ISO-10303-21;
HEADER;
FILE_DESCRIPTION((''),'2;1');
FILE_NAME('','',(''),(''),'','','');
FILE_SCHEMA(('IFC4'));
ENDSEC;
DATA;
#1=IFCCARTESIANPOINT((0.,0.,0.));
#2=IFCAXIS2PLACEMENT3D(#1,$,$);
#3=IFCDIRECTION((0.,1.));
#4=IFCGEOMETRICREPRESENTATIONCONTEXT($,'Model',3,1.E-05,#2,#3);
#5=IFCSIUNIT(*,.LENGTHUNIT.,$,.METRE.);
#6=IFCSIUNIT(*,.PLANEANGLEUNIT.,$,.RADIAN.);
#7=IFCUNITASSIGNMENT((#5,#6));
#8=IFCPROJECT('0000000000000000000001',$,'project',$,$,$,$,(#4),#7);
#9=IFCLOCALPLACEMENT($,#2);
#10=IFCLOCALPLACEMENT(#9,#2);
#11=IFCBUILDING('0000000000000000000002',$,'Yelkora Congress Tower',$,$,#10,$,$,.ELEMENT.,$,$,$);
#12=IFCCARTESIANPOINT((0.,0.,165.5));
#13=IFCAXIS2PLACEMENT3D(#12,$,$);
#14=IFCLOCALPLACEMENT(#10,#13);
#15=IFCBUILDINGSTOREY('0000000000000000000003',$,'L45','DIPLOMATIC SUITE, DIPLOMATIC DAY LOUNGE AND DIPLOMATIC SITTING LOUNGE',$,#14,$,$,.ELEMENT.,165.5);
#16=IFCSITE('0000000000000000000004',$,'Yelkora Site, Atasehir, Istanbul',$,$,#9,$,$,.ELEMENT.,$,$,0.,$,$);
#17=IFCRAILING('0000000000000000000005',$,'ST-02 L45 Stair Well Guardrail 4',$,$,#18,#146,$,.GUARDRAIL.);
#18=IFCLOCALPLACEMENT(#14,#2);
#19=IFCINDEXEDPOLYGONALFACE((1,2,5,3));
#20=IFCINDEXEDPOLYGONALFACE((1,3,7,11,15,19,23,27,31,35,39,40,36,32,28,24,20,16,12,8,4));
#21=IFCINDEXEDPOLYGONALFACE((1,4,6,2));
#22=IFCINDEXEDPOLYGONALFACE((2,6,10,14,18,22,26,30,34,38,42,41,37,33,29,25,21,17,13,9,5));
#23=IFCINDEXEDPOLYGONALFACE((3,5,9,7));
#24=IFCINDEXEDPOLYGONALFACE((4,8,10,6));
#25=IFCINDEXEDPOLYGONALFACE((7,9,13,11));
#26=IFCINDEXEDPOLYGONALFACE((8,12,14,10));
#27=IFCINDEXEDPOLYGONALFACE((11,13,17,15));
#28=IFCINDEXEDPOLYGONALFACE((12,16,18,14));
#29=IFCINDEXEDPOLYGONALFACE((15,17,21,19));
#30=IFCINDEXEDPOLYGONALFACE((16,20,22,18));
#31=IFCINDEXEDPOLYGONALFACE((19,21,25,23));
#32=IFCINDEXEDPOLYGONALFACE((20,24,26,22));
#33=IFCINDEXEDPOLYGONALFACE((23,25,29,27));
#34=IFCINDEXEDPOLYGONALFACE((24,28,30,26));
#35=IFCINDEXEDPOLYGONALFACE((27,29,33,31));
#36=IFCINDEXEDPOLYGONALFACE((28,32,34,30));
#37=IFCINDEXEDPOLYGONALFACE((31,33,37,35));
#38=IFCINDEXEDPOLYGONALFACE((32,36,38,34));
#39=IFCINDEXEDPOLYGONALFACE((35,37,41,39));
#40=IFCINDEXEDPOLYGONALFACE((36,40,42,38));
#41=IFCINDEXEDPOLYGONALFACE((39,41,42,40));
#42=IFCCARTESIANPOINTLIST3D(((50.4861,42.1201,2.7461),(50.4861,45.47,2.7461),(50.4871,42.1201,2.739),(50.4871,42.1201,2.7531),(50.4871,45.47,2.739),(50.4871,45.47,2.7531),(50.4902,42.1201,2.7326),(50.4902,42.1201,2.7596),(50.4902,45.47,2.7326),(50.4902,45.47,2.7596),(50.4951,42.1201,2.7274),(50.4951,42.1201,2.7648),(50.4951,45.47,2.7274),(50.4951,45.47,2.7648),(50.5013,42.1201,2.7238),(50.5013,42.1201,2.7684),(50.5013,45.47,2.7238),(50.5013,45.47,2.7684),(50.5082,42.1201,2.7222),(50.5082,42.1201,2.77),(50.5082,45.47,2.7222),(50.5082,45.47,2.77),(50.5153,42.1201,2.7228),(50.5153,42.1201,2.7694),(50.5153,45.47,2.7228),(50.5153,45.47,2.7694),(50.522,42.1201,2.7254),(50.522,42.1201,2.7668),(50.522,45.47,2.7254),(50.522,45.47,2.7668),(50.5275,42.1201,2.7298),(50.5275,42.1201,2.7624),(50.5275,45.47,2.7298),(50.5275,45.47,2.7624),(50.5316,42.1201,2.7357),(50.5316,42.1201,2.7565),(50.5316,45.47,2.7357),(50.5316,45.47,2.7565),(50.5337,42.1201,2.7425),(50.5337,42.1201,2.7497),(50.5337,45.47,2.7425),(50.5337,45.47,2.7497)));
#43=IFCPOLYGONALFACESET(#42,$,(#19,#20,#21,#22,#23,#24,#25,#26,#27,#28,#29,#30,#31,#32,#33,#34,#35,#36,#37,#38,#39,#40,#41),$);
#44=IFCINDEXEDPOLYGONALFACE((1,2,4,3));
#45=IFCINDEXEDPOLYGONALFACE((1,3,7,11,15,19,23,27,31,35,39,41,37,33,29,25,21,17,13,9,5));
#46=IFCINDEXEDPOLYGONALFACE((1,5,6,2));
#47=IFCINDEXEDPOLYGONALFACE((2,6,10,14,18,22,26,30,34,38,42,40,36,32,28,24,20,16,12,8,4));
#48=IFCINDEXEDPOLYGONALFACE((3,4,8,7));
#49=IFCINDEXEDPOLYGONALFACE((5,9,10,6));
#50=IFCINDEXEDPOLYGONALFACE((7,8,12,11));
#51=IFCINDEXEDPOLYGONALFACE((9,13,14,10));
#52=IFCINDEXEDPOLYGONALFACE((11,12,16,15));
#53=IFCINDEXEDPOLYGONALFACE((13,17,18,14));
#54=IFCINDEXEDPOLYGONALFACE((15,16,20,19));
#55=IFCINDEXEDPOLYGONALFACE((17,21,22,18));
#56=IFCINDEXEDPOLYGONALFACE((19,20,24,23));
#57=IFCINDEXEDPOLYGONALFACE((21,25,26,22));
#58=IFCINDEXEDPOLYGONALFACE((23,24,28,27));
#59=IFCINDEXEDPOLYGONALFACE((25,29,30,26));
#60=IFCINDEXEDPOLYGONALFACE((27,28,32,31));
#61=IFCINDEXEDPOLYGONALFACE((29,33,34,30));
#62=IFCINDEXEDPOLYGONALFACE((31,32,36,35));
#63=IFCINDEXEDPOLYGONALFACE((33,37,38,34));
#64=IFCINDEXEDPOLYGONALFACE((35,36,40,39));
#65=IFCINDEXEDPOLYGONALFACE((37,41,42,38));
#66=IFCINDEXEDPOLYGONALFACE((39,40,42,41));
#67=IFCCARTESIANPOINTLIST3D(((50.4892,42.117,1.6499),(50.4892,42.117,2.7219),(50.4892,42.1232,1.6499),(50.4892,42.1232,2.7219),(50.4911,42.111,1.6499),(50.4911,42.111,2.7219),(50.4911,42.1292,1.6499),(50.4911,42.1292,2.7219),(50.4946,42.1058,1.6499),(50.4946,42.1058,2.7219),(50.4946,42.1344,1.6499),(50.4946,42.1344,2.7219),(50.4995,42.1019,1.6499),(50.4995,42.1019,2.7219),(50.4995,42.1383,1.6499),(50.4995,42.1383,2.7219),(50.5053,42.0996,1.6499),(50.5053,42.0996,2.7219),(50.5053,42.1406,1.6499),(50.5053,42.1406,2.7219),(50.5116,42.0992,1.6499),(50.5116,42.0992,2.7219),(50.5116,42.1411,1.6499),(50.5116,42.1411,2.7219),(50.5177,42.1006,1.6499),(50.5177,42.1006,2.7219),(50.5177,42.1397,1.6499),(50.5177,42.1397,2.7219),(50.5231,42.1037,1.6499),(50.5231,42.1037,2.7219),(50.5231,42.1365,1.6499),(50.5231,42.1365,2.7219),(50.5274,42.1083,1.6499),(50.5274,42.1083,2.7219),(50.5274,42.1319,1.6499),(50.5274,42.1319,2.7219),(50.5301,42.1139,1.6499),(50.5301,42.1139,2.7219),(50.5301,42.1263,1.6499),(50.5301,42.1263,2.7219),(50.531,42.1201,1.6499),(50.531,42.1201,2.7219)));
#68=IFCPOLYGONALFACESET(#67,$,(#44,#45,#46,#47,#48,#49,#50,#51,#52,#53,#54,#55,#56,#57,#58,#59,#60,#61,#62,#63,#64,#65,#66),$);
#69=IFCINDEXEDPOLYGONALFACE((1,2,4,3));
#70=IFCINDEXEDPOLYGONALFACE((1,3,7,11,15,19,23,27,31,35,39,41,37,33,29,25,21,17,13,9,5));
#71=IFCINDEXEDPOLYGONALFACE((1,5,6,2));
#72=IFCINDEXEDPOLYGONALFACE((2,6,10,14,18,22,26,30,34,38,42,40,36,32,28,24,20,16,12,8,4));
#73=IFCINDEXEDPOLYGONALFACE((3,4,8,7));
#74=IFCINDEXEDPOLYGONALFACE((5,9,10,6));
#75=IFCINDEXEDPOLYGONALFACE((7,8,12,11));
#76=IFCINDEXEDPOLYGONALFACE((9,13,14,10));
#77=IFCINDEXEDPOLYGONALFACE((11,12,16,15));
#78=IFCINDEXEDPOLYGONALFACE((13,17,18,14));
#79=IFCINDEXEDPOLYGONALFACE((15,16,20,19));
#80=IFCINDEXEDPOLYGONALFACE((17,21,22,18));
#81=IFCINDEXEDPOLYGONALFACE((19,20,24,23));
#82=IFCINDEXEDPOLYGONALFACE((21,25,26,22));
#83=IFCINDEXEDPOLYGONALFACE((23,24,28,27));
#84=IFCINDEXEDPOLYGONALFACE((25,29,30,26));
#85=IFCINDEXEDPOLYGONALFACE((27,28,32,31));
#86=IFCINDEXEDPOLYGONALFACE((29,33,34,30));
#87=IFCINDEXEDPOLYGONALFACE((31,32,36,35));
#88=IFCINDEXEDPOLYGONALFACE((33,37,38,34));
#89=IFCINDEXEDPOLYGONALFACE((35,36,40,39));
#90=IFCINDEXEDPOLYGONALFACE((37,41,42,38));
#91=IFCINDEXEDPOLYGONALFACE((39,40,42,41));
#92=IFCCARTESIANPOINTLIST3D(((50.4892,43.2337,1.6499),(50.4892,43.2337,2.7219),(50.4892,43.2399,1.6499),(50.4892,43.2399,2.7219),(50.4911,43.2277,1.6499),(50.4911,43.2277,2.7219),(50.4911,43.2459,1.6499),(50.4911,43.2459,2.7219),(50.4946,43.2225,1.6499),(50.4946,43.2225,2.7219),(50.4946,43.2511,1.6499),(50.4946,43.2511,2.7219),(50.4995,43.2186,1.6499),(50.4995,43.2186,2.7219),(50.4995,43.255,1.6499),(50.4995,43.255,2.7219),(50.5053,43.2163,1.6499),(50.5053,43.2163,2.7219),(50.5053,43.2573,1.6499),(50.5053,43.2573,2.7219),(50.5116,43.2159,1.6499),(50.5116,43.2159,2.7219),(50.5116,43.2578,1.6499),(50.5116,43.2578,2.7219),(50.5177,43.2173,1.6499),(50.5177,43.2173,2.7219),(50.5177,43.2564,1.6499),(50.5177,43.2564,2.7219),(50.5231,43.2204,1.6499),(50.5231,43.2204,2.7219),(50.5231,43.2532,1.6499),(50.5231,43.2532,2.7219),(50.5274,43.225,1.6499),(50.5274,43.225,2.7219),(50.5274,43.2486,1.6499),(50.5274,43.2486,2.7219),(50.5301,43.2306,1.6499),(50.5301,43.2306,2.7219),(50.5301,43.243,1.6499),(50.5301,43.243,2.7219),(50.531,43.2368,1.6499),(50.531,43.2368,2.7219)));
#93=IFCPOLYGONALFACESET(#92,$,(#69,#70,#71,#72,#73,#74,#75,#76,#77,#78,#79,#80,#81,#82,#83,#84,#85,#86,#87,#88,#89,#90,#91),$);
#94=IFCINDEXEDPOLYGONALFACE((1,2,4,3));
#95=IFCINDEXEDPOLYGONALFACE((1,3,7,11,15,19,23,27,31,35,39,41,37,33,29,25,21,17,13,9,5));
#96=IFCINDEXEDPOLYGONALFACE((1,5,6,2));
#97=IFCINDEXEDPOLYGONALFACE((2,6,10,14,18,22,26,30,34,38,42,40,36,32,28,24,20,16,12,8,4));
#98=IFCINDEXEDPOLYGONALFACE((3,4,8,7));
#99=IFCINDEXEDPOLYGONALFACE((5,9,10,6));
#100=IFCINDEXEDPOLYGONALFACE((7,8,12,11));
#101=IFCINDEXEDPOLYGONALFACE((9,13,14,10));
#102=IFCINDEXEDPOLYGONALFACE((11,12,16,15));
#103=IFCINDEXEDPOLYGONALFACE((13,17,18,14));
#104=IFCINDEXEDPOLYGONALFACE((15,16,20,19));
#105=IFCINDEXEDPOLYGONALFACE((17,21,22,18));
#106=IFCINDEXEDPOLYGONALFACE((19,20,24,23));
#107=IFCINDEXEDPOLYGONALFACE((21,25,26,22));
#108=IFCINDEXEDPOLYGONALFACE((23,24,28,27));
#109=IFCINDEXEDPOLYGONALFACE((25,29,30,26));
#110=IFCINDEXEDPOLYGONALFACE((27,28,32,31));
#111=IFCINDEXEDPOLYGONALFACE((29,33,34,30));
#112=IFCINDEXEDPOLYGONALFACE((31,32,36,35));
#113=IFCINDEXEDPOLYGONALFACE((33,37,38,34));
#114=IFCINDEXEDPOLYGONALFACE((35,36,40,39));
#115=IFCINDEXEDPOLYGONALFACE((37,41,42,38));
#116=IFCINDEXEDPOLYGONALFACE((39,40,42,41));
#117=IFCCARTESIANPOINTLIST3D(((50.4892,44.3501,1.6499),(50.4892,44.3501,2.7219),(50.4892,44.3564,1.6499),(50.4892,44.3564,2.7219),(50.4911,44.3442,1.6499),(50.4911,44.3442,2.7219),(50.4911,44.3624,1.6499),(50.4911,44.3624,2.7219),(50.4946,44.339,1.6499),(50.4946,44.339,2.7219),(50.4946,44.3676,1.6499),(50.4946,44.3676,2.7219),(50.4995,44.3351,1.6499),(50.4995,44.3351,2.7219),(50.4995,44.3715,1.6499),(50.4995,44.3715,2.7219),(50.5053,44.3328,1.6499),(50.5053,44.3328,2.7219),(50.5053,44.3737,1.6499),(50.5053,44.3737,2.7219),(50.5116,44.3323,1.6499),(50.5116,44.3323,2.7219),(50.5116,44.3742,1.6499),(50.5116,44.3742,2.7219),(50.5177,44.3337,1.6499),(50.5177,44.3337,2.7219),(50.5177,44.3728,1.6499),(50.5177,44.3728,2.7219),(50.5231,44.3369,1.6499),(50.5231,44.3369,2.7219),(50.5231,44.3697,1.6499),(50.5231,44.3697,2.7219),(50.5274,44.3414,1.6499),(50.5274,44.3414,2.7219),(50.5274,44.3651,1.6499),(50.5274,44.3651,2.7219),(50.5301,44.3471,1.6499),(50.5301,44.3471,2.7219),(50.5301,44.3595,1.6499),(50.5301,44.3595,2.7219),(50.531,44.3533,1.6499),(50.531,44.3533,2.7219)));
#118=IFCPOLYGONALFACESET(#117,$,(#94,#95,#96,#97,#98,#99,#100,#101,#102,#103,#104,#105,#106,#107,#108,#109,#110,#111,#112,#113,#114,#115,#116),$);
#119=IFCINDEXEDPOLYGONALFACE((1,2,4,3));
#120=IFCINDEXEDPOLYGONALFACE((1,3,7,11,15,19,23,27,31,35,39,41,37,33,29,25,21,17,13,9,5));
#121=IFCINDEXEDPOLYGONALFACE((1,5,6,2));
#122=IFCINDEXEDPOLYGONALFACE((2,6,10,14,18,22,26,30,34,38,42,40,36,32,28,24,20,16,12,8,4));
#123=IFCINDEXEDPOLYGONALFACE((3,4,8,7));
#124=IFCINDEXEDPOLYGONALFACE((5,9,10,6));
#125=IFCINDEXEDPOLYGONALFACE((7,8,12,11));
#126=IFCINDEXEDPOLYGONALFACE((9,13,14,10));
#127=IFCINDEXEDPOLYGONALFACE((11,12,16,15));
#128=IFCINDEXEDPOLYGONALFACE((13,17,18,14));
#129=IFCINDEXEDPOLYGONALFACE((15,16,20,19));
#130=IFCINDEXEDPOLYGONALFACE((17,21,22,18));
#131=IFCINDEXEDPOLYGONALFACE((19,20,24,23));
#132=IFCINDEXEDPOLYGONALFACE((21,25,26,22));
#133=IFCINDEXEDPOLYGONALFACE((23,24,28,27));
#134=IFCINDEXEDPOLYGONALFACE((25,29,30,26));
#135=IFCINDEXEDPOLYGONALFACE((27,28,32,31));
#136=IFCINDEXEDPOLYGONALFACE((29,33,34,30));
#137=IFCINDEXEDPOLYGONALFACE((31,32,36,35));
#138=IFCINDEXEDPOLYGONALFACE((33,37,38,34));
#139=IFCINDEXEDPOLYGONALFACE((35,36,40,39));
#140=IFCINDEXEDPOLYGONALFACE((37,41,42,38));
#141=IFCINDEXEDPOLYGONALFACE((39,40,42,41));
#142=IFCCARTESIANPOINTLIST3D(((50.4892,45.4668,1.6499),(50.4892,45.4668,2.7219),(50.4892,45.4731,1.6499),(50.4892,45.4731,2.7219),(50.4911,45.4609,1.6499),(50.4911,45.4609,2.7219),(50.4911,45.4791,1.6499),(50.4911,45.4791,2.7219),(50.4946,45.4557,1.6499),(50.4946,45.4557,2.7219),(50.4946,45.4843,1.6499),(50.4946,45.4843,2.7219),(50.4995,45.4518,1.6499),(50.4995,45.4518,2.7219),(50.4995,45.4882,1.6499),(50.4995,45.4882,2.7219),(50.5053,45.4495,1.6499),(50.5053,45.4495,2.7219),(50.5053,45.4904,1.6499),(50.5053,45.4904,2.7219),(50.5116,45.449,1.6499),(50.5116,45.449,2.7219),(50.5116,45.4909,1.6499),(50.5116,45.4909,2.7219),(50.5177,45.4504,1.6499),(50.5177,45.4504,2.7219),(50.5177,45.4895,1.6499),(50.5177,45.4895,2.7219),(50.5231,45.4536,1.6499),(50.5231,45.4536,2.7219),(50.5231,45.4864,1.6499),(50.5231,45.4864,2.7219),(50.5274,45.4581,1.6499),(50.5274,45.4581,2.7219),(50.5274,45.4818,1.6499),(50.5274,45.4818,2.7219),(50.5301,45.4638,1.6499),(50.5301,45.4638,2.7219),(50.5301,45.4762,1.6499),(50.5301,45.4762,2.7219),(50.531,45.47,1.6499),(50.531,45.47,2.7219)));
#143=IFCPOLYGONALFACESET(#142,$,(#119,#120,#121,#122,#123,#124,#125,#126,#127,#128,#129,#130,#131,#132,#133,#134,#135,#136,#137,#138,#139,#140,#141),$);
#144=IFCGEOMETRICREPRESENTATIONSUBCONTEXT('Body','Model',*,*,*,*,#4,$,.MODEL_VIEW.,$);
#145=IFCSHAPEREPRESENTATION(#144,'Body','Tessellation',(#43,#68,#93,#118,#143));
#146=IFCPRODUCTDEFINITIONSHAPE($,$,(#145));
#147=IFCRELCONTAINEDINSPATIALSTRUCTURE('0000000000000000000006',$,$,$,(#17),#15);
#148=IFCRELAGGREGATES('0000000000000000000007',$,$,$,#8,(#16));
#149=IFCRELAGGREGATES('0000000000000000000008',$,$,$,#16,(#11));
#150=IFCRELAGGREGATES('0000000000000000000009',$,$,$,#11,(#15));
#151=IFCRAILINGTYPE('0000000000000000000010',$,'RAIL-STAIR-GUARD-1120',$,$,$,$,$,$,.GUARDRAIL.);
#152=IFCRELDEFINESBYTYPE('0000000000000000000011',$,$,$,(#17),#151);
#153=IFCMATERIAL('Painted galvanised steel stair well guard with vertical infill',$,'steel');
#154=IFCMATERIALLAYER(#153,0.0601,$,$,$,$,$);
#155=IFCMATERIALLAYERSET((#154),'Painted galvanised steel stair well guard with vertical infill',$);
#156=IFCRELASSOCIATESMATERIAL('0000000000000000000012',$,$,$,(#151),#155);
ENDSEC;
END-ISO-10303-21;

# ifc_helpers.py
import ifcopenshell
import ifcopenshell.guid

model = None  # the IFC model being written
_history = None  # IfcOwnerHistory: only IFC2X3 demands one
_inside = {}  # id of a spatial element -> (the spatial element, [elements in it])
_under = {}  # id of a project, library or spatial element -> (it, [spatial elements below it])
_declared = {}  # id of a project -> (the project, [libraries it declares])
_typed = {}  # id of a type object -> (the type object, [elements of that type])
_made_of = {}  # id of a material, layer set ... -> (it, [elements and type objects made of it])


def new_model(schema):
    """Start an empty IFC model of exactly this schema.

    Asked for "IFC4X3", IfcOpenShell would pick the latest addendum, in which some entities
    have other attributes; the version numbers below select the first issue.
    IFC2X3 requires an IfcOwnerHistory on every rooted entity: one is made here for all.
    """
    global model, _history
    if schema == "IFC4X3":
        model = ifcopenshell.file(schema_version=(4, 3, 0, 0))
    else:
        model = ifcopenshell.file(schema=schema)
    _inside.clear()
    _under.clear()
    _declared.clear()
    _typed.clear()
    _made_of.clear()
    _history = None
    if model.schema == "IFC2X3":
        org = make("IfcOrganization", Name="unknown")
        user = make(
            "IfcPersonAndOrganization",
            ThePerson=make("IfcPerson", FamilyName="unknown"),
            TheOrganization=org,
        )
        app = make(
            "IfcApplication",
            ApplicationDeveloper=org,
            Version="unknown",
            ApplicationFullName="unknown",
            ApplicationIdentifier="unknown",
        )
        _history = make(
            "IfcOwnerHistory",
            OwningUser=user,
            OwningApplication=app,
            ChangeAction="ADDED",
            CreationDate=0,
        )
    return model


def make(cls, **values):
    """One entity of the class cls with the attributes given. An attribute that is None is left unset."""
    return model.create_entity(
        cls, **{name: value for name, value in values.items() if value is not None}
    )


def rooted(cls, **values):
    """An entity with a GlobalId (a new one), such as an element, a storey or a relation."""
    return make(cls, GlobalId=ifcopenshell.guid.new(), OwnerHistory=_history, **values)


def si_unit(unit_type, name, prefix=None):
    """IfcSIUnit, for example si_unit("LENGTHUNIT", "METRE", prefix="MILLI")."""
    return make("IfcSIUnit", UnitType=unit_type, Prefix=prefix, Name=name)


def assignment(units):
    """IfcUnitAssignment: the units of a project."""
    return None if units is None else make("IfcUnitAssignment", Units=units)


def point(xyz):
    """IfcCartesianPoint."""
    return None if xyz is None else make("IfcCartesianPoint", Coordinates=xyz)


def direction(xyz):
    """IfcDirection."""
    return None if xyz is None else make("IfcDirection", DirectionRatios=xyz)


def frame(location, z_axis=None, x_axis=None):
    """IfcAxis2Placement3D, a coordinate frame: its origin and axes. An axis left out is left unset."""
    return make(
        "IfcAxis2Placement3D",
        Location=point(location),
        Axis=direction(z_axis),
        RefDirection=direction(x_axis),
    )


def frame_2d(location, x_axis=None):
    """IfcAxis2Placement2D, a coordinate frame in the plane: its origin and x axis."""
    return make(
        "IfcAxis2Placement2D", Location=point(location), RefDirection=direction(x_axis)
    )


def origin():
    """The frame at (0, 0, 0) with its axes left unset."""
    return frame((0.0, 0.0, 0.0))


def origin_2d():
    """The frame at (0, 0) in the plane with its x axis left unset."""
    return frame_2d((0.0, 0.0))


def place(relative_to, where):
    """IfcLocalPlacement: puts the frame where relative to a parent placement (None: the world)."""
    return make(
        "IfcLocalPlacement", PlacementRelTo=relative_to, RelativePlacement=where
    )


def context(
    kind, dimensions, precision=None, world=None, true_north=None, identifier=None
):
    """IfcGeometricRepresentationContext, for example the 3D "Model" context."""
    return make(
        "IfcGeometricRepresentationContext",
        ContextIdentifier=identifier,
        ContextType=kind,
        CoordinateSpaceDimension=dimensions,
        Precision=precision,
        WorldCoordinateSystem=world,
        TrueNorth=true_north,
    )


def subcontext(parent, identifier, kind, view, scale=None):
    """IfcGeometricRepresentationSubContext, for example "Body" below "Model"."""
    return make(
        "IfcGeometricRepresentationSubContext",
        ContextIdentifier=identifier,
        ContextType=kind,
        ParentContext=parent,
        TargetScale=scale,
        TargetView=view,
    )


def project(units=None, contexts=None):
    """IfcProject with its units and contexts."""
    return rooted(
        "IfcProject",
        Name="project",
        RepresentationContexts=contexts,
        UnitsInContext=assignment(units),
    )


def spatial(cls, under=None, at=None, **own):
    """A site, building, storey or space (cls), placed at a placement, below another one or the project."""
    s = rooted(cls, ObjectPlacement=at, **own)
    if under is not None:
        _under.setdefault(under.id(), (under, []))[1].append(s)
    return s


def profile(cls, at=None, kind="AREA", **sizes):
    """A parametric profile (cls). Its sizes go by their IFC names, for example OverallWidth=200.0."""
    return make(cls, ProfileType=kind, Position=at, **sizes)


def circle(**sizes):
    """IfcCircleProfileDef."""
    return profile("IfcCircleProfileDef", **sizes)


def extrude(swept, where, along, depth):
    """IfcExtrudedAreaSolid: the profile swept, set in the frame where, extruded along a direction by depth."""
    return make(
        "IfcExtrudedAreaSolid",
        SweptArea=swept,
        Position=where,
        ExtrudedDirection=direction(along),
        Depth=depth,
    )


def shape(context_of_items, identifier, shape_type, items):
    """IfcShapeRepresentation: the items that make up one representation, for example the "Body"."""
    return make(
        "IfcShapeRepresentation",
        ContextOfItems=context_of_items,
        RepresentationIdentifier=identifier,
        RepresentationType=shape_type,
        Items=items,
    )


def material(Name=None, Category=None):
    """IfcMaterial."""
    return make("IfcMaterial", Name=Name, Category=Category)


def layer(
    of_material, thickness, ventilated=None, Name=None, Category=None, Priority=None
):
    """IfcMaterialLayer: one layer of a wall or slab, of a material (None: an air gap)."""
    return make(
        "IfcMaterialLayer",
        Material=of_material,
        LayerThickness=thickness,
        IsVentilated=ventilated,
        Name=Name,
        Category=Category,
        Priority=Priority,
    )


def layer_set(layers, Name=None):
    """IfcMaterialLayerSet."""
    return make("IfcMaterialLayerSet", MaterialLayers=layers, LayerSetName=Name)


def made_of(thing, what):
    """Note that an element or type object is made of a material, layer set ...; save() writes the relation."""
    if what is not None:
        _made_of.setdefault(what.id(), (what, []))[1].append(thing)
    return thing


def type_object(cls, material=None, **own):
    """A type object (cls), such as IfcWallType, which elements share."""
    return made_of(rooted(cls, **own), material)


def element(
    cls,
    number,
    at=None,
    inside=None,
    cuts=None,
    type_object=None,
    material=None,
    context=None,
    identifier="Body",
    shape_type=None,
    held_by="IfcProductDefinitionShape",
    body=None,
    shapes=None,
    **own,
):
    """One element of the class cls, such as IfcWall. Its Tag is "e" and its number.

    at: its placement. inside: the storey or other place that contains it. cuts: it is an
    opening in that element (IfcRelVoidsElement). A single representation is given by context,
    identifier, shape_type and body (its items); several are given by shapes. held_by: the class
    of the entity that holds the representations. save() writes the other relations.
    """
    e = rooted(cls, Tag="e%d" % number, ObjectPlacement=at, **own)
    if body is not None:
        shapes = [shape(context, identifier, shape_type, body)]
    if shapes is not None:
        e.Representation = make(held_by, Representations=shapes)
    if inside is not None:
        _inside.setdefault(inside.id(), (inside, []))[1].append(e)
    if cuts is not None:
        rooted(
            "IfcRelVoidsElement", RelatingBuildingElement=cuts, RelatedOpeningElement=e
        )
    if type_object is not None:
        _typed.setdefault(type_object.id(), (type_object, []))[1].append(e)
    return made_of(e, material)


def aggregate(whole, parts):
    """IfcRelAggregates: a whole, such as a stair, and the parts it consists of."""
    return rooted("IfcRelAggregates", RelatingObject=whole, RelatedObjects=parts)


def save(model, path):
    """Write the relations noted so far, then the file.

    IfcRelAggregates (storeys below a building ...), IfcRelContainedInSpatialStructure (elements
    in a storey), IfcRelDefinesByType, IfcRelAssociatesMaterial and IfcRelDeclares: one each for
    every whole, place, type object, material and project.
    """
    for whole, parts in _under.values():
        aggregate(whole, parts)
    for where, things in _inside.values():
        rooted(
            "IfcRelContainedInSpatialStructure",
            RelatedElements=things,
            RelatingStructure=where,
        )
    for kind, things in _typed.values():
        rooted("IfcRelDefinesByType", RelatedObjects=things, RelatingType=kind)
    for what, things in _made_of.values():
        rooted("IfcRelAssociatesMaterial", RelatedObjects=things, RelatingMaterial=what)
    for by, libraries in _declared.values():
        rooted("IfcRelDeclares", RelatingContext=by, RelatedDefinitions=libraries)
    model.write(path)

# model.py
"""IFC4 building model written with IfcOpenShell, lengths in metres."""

from ifc_helpers import new_model, si_unit, direction, frame, origin, origin_2d, place, context, subcontext, project, spatial, circle, extrude, material, layer, layer_set, type_object, element, save


model = new_model("IFC4")

# Units and contexts
model_context = context("Model", 3, precision=1e-05, world=origin(), true_north=direction((0.0, 1.0)))
body_context = subcontext(model_context, "Body", "Model", "MODEL_VIEW")
ifc_project = project(units=[si_unit("LENGTHUNIT", "METRE"), si_unit("PLANEANGLEUNIT", "RADIAN")], contexts=[model_context])

# Site, building, storey
site_placement = place(None, origin())
site = spatial("IfcSite", under=ifc_project, at=site_placement, Name="Yelkora Site, Atasehir, Istanbul", CompositionType="ELEMENT", RefElevation=0.0)
building_placement = place(site_placement, origin())
building = spatial("IfcBuilding", under=site, at=building_placement, Name="Yelkora Congress Tower", CompositionType="ELEMENT")
storey_placement = place(building_placement, frame((0.0, 0.0, 165.5)))
storey = spatial("IfcBuildingStorey", under=building, at=storey_placement, Name="L45", Description="DIPLOMATIC SUITE, DIPLOMATIC DAY LOUNGE AND DIPLOMATIC SITTING LOUNGE", CompositionType="ELEMENT", Elevation=165.5)

# Railing
ifc_material_1 = material(Name="Painted galvanised steel stair well guard with vertical infill", Category="steel")
ifc_layer_1 = layer(ifc_material_1, 0.0601)
ifc_layer_set_1 = layer_set([ifc_layer_1], Name="Painted galvanised steel stair well guard with vertical infill")
railing_type_1 = type_object("IfcRailingType", Name="RAIL-STAIR-GUARD-1120", PredefinedType="GUARDRAIL", material=ifc_layer_set_1)
for number, where, name in (
    (1, (50.51, 42.1201, 1.6499), "ST-02 L45 Stair Well Guardrail 4"),
):
    element("IfcRailing", number, at=place(storey_placement, frame(where)), inside=storey, type_object=railing_type_1, Name=name, PredefinedType="GUARDRAIL", context=body_context, shape_type="SweptSolid", body=[
        extrude(circle(Radius=0.0239, at=origin_2d()), frame((0.0, 0.0, 1.0962), z_axis=(0.0, 1.0, 0.0), x_axis=(-1.0, 0.0, 0.0)), (0.0, 0.0, 1.0), 3.3499),
        extrude(circle(Radius=0.021, at=origin_2d()), origin(), (0.0, 0.0, 1.0), 1.072),
        extrude(circle(Radius=0.021, at=origin_2d()), frame((0.0, 1.1167, 0.0)), (0.0, 0.0, 1.0), 1.072),
        extrude(circle(Radius=0.021, at=origin_2d()), frame((0.0, 2.2332, 0.0)), (0.0, 0.0, 1.0), 1.072),
        extrude(circle(Radius=0.021, at=origin_2d()), frame((0.0, 3.3499, 0.0)), (0.0, 0.0, 1.0), 1.072),
    ])

save(model, "model.ifc")
